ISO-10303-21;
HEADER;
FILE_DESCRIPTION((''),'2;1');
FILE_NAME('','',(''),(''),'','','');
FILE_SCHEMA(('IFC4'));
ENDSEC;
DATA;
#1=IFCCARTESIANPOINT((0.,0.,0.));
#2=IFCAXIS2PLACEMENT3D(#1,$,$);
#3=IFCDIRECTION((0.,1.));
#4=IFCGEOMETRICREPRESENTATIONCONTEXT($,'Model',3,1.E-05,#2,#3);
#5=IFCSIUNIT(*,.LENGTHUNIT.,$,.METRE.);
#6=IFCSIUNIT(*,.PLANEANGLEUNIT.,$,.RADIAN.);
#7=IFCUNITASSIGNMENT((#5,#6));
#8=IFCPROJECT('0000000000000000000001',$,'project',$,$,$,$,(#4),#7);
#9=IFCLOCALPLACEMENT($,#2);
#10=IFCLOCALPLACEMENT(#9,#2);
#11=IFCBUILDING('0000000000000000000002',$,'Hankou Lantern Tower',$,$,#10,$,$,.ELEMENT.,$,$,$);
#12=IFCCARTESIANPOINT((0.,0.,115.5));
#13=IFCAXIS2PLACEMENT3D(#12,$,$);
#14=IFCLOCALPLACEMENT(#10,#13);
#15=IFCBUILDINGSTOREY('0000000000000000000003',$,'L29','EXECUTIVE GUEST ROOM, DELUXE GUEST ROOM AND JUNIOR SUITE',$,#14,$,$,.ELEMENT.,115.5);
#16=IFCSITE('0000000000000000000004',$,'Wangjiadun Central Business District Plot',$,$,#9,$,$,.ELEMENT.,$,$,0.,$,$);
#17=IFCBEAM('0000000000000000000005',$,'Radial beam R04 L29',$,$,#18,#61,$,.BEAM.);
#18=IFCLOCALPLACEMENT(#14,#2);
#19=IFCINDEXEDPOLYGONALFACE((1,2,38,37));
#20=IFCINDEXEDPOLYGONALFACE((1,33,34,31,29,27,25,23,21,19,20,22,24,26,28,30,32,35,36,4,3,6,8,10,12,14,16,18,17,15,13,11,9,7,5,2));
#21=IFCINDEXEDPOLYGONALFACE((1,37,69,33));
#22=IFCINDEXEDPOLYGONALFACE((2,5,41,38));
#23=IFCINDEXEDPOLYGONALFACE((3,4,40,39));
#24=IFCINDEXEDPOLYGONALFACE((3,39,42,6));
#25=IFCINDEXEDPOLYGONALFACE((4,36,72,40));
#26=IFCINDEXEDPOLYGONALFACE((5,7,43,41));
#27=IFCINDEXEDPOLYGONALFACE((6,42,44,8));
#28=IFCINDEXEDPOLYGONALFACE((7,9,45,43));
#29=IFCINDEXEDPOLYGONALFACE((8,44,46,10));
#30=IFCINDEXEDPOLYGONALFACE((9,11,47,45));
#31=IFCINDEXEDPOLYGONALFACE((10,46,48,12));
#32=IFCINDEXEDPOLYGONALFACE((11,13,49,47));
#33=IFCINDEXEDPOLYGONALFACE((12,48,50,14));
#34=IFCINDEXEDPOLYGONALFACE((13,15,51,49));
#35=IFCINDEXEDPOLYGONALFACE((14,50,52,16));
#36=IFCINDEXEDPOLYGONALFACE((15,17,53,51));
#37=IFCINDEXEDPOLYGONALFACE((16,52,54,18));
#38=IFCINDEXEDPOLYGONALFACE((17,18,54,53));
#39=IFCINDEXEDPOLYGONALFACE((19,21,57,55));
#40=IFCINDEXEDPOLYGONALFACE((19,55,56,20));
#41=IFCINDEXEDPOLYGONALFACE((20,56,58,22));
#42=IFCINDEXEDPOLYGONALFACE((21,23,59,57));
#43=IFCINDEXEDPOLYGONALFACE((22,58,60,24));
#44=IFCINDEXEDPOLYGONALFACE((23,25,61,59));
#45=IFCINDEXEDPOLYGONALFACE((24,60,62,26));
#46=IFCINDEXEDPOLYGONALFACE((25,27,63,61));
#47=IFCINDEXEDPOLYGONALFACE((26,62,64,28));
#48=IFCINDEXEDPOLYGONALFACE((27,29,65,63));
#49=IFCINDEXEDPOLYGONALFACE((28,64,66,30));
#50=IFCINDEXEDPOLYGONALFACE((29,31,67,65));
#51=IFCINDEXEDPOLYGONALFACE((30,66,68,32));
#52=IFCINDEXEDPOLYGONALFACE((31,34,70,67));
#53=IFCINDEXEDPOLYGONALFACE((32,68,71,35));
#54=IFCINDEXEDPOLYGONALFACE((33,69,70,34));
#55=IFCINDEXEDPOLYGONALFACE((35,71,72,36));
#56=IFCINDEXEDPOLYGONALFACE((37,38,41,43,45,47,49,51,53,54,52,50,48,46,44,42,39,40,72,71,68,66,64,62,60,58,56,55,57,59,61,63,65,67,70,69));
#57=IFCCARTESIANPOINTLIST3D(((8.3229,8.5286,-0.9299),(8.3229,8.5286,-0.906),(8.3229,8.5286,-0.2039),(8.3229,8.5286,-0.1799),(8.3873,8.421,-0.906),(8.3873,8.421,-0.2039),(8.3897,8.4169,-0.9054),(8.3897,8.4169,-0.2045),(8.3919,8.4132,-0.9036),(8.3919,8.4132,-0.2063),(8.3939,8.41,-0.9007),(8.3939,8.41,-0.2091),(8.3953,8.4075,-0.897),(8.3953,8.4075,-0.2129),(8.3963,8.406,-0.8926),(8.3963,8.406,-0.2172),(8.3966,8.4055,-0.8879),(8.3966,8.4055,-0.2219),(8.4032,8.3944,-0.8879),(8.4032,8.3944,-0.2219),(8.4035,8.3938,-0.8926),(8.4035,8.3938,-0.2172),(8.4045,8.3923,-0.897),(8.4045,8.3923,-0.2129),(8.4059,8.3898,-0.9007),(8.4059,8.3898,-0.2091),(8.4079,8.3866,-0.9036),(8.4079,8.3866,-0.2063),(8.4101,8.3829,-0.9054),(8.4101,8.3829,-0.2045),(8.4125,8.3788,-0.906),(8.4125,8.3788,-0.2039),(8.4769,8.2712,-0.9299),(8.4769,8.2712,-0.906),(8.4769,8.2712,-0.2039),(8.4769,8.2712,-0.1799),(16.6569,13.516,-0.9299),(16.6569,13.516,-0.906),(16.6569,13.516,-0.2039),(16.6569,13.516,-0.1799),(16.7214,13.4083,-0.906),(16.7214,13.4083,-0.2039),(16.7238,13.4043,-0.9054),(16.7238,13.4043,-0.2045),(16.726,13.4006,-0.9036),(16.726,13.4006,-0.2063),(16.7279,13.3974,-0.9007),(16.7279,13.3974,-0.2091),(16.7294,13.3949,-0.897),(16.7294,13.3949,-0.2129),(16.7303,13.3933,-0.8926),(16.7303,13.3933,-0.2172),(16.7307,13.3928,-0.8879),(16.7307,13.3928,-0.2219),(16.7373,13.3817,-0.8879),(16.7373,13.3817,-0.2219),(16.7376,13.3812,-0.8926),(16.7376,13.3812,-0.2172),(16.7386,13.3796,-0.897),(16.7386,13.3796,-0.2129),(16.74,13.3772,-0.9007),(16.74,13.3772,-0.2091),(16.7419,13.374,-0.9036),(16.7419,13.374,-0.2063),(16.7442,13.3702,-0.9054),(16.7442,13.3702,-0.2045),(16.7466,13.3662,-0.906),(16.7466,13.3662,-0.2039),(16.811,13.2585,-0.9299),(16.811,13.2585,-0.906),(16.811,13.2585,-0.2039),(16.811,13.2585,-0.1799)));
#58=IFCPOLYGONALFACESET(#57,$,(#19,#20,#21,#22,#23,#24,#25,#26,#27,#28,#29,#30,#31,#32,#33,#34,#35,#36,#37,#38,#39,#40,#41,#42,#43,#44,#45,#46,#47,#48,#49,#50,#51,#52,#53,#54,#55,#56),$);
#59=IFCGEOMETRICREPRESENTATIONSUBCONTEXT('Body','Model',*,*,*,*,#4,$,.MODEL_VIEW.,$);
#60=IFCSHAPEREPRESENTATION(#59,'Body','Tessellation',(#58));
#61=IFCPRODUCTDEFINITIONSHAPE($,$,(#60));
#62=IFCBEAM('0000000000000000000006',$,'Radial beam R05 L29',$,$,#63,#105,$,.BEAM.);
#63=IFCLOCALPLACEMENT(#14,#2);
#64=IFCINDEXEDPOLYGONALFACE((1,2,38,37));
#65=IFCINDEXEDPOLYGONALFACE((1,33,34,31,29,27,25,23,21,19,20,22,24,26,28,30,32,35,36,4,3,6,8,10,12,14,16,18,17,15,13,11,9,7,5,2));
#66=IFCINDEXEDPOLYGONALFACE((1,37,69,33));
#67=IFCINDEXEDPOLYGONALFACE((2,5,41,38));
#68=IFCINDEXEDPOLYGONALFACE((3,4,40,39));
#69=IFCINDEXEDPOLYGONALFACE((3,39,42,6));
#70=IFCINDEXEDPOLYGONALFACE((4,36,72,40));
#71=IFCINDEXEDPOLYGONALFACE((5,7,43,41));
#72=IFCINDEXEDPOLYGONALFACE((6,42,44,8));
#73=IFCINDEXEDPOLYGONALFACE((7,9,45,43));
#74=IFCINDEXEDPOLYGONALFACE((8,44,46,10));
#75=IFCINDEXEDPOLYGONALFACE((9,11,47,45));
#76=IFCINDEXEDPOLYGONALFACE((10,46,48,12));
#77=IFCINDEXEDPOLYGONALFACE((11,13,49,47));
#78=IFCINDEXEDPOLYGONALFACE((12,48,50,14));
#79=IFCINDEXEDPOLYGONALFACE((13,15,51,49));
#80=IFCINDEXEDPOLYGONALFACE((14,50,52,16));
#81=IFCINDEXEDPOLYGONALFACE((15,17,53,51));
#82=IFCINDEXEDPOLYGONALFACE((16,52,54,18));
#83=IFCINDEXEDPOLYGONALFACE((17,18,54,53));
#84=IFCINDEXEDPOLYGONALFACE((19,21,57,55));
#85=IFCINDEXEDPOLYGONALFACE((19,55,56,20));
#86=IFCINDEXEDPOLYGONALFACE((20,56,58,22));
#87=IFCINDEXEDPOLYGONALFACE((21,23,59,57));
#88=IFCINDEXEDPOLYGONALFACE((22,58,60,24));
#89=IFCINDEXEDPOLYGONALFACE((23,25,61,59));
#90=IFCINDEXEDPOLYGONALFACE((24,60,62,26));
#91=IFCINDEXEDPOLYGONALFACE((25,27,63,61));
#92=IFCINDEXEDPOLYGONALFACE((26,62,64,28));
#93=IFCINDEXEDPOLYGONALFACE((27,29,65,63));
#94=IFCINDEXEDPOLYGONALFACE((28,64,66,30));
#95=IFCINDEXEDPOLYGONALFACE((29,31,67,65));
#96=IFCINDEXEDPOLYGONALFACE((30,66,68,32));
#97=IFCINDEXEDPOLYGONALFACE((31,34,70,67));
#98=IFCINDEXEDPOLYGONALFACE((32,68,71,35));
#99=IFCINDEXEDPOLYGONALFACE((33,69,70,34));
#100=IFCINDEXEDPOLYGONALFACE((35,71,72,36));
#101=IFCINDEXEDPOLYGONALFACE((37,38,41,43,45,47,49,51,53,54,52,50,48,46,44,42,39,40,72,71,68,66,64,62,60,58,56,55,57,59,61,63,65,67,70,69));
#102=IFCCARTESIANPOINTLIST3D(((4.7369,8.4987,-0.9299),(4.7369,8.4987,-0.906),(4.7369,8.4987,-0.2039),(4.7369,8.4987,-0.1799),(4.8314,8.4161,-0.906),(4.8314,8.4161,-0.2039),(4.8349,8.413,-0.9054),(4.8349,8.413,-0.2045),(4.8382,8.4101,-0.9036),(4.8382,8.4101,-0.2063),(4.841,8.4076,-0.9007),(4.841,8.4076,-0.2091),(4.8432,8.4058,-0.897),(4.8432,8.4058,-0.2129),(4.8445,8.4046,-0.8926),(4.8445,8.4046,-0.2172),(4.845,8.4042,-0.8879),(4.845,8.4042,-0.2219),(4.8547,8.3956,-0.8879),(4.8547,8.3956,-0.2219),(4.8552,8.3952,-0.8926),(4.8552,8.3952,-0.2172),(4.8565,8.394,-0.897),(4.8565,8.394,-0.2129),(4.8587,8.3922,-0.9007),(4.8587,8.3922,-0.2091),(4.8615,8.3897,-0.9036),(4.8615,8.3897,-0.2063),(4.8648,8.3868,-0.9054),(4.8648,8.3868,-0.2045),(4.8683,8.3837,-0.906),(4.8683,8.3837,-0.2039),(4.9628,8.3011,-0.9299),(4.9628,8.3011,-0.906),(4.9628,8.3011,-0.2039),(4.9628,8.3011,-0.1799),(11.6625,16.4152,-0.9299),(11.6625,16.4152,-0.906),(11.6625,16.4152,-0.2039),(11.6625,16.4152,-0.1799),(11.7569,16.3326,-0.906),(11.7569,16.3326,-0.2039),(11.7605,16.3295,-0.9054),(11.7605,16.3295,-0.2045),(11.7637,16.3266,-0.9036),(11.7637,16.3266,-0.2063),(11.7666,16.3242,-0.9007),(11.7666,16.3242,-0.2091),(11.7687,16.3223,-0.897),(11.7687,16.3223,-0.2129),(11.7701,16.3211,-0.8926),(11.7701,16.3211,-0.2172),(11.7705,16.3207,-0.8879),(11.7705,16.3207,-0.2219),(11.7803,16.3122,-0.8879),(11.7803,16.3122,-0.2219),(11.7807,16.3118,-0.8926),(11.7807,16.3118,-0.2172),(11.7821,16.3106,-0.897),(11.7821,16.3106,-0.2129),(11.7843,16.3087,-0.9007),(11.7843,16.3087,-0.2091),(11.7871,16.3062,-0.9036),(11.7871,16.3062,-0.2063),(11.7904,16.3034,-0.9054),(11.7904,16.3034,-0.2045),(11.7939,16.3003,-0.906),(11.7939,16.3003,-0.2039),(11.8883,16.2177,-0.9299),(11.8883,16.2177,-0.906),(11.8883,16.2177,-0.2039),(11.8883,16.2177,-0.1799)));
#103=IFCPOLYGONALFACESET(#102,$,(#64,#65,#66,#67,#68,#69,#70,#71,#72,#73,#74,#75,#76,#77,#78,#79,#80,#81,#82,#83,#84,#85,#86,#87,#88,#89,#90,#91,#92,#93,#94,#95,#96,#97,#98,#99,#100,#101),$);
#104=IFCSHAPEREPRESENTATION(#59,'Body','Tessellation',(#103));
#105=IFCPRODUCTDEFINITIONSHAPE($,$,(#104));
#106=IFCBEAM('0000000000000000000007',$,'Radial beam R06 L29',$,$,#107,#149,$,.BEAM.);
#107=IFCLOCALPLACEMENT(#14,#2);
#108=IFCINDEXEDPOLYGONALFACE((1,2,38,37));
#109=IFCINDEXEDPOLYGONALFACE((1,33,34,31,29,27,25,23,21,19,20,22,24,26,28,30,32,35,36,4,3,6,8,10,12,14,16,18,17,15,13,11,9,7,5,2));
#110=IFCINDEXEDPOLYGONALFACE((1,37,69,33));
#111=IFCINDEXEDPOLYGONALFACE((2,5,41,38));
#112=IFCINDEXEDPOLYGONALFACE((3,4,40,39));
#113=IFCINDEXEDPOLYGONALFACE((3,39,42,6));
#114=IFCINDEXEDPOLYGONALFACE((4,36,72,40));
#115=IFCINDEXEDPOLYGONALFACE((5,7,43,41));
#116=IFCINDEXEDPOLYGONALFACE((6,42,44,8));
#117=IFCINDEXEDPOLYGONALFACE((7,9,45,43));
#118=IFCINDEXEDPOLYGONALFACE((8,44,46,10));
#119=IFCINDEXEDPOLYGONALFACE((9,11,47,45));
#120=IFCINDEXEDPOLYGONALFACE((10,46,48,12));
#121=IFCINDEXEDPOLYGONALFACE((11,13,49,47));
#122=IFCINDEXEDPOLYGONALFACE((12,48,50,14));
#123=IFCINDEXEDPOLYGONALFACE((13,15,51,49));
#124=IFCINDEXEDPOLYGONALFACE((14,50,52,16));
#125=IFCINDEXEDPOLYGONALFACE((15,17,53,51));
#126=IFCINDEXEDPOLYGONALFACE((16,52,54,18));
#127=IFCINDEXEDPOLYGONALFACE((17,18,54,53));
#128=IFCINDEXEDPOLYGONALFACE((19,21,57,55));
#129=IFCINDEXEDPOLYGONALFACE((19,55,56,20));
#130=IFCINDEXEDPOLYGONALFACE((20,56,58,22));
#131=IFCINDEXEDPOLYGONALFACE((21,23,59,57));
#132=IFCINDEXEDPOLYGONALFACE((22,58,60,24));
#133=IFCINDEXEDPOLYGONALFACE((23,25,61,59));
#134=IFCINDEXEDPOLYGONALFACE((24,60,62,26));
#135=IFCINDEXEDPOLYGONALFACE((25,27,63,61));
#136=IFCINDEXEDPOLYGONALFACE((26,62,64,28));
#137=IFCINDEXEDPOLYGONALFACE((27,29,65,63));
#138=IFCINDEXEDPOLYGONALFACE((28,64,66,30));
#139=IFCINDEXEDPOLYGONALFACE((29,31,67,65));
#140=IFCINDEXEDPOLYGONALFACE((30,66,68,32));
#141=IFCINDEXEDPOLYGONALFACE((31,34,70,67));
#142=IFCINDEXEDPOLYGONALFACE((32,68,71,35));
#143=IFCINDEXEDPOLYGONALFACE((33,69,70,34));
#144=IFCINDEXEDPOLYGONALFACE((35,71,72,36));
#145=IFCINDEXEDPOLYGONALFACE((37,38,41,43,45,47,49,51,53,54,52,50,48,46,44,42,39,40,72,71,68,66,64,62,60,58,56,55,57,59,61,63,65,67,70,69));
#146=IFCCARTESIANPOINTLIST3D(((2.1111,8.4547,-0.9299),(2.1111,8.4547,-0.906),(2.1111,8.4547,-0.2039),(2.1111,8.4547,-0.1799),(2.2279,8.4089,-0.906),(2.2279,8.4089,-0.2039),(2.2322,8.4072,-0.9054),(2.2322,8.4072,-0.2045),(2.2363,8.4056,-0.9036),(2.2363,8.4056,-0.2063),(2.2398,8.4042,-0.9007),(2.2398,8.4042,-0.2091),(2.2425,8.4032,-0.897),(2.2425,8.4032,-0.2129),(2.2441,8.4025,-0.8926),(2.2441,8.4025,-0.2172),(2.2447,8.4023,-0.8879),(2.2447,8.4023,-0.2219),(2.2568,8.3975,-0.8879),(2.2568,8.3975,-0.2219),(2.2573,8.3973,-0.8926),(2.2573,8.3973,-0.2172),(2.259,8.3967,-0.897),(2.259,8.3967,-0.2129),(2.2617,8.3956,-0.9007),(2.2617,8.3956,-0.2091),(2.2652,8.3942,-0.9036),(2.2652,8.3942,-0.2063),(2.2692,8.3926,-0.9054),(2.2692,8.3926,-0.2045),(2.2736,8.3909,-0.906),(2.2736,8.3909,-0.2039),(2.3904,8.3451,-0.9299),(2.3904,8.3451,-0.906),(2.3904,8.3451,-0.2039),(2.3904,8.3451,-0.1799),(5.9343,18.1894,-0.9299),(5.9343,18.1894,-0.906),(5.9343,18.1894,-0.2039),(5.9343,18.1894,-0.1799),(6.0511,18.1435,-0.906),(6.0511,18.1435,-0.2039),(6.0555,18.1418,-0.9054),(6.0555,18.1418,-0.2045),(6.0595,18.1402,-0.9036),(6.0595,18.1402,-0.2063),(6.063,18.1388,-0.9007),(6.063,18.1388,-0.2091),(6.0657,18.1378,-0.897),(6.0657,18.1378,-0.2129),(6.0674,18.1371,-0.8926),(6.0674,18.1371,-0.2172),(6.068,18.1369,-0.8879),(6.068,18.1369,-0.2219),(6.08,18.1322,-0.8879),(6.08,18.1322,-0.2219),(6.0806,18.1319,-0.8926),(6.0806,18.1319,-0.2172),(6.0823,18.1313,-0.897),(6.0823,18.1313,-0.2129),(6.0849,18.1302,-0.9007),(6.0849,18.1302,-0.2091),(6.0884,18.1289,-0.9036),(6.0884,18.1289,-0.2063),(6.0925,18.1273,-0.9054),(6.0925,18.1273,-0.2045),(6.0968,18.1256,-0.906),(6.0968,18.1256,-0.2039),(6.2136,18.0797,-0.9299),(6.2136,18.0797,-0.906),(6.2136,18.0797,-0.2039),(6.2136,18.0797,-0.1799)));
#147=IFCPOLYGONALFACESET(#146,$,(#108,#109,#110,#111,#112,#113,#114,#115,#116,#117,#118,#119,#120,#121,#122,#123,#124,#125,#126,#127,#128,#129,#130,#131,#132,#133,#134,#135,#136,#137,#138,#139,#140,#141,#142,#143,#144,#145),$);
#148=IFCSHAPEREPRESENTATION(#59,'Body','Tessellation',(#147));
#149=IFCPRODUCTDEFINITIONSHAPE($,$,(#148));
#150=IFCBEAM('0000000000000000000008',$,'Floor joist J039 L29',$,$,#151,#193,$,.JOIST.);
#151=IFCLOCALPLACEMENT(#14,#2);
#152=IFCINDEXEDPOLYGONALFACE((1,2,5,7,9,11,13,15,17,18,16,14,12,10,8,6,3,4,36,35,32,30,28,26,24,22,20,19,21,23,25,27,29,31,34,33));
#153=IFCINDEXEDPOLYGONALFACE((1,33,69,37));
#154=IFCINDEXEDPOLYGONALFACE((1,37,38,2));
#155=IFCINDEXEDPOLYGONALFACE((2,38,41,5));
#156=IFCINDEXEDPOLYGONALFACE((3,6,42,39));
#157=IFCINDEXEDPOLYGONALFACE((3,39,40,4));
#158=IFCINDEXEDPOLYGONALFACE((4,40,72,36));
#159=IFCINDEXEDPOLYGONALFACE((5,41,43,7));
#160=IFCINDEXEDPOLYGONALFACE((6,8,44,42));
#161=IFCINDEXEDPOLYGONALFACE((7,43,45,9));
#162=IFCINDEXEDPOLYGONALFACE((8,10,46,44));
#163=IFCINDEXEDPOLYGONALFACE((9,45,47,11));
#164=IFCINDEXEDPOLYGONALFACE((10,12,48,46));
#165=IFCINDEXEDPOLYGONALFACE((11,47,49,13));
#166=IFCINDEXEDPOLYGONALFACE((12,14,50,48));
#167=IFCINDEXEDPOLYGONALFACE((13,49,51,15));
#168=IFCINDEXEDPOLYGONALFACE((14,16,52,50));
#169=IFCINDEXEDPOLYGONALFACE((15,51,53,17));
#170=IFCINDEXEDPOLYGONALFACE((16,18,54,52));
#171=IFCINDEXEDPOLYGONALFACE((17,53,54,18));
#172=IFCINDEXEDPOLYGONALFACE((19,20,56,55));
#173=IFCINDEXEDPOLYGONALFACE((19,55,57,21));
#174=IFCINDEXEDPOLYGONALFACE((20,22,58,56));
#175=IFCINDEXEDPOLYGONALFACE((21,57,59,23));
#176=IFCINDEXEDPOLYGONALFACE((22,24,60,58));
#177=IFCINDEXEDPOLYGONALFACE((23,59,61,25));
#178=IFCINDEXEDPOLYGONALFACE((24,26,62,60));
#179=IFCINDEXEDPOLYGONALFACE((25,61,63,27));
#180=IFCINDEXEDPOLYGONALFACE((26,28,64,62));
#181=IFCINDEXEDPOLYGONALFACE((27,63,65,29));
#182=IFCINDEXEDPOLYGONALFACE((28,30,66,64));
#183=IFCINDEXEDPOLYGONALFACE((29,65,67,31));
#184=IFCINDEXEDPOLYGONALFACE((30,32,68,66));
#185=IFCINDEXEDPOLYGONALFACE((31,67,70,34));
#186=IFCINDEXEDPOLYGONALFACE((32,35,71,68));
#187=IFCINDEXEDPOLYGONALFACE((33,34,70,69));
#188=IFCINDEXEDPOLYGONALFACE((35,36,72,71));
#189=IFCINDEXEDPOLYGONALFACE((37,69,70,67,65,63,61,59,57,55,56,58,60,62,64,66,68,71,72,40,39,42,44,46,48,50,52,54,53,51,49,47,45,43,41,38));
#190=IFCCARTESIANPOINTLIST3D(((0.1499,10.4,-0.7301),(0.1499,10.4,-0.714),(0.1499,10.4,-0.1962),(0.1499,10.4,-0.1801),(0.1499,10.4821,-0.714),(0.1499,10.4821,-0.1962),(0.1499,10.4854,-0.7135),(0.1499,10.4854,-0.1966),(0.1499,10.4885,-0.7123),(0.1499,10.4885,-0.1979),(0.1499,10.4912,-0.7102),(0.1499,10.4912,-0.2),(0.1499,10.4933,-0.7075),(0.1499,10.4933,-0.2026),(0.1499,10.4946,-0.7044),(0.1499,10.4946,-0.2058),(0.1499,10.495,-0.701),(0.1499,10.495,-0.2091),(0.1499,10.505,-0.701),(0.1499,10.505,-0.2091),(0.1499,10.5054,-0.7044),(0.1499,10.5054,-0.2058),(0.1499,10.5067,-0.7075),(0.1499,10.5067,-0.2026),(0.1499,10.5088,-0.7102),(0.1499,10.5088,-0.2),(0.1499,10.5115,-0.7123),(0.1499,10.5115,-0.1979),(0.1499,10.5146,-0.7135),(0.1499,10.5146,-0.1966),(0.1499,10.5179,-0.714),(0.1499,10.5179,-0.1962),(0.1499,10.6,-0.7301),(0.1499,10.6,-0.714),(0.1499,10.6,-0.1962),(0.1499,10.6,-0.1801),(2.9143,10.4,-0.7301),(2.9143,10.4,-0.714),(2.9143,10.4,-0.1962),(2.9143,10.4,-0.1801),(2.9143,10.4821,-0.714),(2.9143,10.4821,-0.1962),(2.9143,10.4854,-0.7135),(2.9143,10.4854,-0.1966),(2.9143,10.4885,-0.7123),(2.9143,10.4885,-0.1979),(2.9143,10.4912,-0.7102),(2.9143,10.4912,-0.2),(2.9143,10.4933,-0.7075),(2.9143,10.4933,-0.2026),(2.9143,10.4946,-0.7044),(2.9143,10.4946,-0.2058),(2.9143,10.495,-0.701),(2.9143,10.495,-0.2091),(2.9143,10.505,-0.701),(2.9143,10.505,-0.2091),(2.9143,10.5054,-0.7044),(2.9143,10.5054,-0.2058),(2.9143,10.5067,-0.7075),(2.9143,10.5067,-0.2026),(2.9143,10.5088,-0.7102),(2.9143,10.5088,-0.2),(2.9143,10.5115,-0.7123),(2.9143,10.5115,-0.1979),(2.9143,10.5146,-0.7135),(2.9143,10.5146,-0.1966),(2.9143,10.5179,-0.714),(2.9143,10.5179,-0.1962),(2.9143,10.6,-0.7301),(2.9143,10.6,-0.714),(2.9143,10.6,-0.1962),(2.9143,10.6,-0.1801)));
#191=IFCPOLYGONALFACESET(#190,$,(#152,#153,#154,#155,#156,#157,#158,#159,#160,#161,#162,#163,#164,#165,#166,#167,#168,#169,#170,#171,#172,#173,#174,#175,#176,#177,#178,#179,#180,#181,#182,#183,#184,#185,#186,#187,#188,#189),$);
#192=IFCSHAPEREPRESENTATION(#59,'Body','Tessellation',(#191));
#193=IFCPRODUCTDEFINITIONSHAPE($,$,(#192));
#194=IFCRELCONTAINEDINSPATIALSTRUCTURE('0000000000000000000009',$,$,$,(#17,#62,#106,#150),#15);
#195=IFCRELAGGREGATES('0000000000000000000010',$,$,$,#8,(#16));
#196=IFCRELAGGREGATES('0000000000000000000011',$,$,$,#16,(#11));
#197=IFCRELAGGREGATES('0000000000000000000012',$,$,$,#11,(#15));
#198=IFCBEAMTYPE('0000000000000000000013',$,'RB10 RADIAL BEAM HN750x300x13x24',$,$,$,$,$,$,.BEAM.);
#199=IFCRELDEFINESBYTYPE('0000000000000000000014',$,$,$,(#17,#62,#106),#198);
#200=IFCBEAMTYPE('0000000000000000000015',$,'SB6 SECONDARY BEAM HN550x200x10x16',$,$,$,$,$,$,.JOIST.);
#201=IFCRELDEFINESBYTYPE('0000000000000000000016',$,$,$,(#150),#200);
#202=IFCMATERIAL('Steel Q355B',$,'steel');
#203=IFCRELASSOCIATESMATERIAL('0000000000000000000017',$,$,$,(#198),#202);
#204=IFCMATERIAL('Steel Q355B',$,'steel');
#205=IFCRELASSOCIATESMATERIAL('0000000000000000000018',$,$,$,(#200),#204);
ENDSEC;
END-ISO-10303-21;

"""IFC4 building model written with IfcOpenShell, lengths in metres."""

from ifc_helpers import new_model, si_unit, direction, frame, origin, origin_2d, place, context, subcontext, project, spatial, i_section, extrude, material, material_profile, profile_set, type_object, element, save


model = new_model("IFC4")

# Units and contexts
model_context = context("Model", 3, precision=1e-05, world=origin(), true_north=direction((0.0, 1.0)))
body_context = subcontext(model_context, "Body", "Model", "MODEL_VIEW")
ifc_project = project(units=[si_unit("LENGTHUNIT", "METRE"), si_unit("PLANEANGLEUNIT", "RADIAN")], contexts=[model_context])

# Site, building, storey
site_placement = place(None, origin())
site = spatial("IfcSite", under=ifc_project, at=site_placement, Name="Wangjiadun Central Business District Plot", CompositionType="ELEMENT", RefElevation=0.0)
building_placement = place(site_placement, origin())
building = spatial("IfcBuilding", under=site, at=building_placement, Name="Hankou Lantern Tower", CompositionType="ELEMENT")
storey_placement = place(building_placement, frame((0.0, 0.0, 115.5)))
storey = spatial("IfcBuildingStorey", under=building, at=storey_placement, Name="L29", Description="EXECUTIVE GUEST ROOM, DELUXE GUEST ROOM AND JUNIOR SUITE", CompositionType="ELEMENT", Elevation=115.5)

# Beams
ifc_material_1 = material(Name="Steel Q355B", Category="steel")
ifc_material_profile_1 = material_profile(ifc_material_1, i_section(OverallWidth=0.3, OverallDepth=0.75, WebThickness=0.0129, FlangeThickness=0.0239, FilletRadius=0.0181, at=origin_2d()), Name="HN750x300x13x24")
ifc_profile_set_1 = profile_set([ifc_material_profile_1], Name="Steel Q355B")
beam_type_1 = type_object("IfcBeamType", Name="RB10 RADIAL BEAM HN750x300x13x24", PredefinedType="BEAM", material=ifc_profile_set_1)
beam_1_placement = place(storey_placement, frame((8.3999, 8.3999, -0.5549), z_axis=(0.858087, 0.513505, 0.0), x_axis=(-0.513505, 0.858087, 0.0)))
element("IfcBeam", 1, at=beam_1_placement, inside=storey, type_object=beam_type_1, Name="Radial beam R04 L29", PredefinedType="BEAM", context=body_context, shape_type="SweptSolid", body=[
    extrude(i_section(OverallWidth=0.3, OverallDepth=0.75, WebThickness=0.0129, FlangeThickness=0.0239, FilletRadius=0.0181, at=origin_2d()), origin(), (0.0, 0.0, 1.0), 9.7124),
])
beam_2_placement = place(storey_placement, frame((4.8499, 8.3999, -0.5549), z_axis=(0.658429, 0.752643, 0.0), x_axis=(-0.752643, 0.658429, 0.0)))
element("IfcBeam", 2, at=beam_2_placement, inside=storey, type_object=beam_type_1, Name="Radial beam R05 L29", PredefinedType="BEAM", context=body_context, shape_type="SweptSolid", body=[
    extrude(i_section(OverallWidth=0.3, OverallDepth=0.75, WebThickness=0.0129, FlangeThickness=0.0239, FilletRadius=0.0181, at=origin_2d()), origin(), (0.0, 0.0, 1.0), 10.5183),
])
beam_3_placement = place(storey_placement, frame((2.2507, 8.3999, -0.5549), z_axis=(0.365564, 0.930786, 0.0), x_axis=(-0.930786, 0.365564, 0.0)))
element("IfcBeam", 3, at=beam_3_placement, inside=storey, type_object=beam_type_1, Name="Radial beam R06 L29", PredefinedType="BEAM", context=body_context, shape_type="SweptSolid", body=[
    extrude(i_section(OverallWidth=0.3, OverallDepth=0.75, WebThickness=0.0129, FlangeThickness=0.0239, FilletRadius=0.0181, at=origin_2d()), origin(), (0.0, 0.0, 1.0), 10.4585),
])
ifc_material_2 = material(Name="Steel Q355B", Category="steel")
ifc_material_profile_2 = material_profile(ifc_material_2, i_section(OverallWidth=0.2, OverallDepth=0.55, WebThickness=0.01, FlangeThickness=0.0161, FilletRadius=0.0129, at=origin_2d()), Name="HN550x200x10x16")
ifc_profile_set_2 = profile_set([ifc_material_profile_2], Name="Steel Q355B")
beam_type_2 = type_object("IfcBeamType", Name="SB6 SECONDARY BEAM HN550x200x10x16", PredefinedType="JOIST", material=ifc_profile_set_2)
beam_4_placement = place(storey_placement, frame((0.1499, 10.5, -0.4551), z_axis=(1.0, 0.0, 0.0), x_axis=(0.0, 1.0, 0.0)))
element("IfcBeam", 4, at=beam_4_placement, inside=storey, type_object=beam_type_2, Name="Floor joist J039 L29", PredefinedType="JOIST", context=body_context, shape_type="SweptSolid", body=[
    extrude(i_section(OverallWidth=0.2, OverallDepth=0.55, WebThickness=0.01, FlangeThickness=0.0161, FilletRadius=0.0129, at=origin_2d()), origin(), (0.0, 0.0, 1.0), 2.7644),
])

save(model, "model.ifc")
